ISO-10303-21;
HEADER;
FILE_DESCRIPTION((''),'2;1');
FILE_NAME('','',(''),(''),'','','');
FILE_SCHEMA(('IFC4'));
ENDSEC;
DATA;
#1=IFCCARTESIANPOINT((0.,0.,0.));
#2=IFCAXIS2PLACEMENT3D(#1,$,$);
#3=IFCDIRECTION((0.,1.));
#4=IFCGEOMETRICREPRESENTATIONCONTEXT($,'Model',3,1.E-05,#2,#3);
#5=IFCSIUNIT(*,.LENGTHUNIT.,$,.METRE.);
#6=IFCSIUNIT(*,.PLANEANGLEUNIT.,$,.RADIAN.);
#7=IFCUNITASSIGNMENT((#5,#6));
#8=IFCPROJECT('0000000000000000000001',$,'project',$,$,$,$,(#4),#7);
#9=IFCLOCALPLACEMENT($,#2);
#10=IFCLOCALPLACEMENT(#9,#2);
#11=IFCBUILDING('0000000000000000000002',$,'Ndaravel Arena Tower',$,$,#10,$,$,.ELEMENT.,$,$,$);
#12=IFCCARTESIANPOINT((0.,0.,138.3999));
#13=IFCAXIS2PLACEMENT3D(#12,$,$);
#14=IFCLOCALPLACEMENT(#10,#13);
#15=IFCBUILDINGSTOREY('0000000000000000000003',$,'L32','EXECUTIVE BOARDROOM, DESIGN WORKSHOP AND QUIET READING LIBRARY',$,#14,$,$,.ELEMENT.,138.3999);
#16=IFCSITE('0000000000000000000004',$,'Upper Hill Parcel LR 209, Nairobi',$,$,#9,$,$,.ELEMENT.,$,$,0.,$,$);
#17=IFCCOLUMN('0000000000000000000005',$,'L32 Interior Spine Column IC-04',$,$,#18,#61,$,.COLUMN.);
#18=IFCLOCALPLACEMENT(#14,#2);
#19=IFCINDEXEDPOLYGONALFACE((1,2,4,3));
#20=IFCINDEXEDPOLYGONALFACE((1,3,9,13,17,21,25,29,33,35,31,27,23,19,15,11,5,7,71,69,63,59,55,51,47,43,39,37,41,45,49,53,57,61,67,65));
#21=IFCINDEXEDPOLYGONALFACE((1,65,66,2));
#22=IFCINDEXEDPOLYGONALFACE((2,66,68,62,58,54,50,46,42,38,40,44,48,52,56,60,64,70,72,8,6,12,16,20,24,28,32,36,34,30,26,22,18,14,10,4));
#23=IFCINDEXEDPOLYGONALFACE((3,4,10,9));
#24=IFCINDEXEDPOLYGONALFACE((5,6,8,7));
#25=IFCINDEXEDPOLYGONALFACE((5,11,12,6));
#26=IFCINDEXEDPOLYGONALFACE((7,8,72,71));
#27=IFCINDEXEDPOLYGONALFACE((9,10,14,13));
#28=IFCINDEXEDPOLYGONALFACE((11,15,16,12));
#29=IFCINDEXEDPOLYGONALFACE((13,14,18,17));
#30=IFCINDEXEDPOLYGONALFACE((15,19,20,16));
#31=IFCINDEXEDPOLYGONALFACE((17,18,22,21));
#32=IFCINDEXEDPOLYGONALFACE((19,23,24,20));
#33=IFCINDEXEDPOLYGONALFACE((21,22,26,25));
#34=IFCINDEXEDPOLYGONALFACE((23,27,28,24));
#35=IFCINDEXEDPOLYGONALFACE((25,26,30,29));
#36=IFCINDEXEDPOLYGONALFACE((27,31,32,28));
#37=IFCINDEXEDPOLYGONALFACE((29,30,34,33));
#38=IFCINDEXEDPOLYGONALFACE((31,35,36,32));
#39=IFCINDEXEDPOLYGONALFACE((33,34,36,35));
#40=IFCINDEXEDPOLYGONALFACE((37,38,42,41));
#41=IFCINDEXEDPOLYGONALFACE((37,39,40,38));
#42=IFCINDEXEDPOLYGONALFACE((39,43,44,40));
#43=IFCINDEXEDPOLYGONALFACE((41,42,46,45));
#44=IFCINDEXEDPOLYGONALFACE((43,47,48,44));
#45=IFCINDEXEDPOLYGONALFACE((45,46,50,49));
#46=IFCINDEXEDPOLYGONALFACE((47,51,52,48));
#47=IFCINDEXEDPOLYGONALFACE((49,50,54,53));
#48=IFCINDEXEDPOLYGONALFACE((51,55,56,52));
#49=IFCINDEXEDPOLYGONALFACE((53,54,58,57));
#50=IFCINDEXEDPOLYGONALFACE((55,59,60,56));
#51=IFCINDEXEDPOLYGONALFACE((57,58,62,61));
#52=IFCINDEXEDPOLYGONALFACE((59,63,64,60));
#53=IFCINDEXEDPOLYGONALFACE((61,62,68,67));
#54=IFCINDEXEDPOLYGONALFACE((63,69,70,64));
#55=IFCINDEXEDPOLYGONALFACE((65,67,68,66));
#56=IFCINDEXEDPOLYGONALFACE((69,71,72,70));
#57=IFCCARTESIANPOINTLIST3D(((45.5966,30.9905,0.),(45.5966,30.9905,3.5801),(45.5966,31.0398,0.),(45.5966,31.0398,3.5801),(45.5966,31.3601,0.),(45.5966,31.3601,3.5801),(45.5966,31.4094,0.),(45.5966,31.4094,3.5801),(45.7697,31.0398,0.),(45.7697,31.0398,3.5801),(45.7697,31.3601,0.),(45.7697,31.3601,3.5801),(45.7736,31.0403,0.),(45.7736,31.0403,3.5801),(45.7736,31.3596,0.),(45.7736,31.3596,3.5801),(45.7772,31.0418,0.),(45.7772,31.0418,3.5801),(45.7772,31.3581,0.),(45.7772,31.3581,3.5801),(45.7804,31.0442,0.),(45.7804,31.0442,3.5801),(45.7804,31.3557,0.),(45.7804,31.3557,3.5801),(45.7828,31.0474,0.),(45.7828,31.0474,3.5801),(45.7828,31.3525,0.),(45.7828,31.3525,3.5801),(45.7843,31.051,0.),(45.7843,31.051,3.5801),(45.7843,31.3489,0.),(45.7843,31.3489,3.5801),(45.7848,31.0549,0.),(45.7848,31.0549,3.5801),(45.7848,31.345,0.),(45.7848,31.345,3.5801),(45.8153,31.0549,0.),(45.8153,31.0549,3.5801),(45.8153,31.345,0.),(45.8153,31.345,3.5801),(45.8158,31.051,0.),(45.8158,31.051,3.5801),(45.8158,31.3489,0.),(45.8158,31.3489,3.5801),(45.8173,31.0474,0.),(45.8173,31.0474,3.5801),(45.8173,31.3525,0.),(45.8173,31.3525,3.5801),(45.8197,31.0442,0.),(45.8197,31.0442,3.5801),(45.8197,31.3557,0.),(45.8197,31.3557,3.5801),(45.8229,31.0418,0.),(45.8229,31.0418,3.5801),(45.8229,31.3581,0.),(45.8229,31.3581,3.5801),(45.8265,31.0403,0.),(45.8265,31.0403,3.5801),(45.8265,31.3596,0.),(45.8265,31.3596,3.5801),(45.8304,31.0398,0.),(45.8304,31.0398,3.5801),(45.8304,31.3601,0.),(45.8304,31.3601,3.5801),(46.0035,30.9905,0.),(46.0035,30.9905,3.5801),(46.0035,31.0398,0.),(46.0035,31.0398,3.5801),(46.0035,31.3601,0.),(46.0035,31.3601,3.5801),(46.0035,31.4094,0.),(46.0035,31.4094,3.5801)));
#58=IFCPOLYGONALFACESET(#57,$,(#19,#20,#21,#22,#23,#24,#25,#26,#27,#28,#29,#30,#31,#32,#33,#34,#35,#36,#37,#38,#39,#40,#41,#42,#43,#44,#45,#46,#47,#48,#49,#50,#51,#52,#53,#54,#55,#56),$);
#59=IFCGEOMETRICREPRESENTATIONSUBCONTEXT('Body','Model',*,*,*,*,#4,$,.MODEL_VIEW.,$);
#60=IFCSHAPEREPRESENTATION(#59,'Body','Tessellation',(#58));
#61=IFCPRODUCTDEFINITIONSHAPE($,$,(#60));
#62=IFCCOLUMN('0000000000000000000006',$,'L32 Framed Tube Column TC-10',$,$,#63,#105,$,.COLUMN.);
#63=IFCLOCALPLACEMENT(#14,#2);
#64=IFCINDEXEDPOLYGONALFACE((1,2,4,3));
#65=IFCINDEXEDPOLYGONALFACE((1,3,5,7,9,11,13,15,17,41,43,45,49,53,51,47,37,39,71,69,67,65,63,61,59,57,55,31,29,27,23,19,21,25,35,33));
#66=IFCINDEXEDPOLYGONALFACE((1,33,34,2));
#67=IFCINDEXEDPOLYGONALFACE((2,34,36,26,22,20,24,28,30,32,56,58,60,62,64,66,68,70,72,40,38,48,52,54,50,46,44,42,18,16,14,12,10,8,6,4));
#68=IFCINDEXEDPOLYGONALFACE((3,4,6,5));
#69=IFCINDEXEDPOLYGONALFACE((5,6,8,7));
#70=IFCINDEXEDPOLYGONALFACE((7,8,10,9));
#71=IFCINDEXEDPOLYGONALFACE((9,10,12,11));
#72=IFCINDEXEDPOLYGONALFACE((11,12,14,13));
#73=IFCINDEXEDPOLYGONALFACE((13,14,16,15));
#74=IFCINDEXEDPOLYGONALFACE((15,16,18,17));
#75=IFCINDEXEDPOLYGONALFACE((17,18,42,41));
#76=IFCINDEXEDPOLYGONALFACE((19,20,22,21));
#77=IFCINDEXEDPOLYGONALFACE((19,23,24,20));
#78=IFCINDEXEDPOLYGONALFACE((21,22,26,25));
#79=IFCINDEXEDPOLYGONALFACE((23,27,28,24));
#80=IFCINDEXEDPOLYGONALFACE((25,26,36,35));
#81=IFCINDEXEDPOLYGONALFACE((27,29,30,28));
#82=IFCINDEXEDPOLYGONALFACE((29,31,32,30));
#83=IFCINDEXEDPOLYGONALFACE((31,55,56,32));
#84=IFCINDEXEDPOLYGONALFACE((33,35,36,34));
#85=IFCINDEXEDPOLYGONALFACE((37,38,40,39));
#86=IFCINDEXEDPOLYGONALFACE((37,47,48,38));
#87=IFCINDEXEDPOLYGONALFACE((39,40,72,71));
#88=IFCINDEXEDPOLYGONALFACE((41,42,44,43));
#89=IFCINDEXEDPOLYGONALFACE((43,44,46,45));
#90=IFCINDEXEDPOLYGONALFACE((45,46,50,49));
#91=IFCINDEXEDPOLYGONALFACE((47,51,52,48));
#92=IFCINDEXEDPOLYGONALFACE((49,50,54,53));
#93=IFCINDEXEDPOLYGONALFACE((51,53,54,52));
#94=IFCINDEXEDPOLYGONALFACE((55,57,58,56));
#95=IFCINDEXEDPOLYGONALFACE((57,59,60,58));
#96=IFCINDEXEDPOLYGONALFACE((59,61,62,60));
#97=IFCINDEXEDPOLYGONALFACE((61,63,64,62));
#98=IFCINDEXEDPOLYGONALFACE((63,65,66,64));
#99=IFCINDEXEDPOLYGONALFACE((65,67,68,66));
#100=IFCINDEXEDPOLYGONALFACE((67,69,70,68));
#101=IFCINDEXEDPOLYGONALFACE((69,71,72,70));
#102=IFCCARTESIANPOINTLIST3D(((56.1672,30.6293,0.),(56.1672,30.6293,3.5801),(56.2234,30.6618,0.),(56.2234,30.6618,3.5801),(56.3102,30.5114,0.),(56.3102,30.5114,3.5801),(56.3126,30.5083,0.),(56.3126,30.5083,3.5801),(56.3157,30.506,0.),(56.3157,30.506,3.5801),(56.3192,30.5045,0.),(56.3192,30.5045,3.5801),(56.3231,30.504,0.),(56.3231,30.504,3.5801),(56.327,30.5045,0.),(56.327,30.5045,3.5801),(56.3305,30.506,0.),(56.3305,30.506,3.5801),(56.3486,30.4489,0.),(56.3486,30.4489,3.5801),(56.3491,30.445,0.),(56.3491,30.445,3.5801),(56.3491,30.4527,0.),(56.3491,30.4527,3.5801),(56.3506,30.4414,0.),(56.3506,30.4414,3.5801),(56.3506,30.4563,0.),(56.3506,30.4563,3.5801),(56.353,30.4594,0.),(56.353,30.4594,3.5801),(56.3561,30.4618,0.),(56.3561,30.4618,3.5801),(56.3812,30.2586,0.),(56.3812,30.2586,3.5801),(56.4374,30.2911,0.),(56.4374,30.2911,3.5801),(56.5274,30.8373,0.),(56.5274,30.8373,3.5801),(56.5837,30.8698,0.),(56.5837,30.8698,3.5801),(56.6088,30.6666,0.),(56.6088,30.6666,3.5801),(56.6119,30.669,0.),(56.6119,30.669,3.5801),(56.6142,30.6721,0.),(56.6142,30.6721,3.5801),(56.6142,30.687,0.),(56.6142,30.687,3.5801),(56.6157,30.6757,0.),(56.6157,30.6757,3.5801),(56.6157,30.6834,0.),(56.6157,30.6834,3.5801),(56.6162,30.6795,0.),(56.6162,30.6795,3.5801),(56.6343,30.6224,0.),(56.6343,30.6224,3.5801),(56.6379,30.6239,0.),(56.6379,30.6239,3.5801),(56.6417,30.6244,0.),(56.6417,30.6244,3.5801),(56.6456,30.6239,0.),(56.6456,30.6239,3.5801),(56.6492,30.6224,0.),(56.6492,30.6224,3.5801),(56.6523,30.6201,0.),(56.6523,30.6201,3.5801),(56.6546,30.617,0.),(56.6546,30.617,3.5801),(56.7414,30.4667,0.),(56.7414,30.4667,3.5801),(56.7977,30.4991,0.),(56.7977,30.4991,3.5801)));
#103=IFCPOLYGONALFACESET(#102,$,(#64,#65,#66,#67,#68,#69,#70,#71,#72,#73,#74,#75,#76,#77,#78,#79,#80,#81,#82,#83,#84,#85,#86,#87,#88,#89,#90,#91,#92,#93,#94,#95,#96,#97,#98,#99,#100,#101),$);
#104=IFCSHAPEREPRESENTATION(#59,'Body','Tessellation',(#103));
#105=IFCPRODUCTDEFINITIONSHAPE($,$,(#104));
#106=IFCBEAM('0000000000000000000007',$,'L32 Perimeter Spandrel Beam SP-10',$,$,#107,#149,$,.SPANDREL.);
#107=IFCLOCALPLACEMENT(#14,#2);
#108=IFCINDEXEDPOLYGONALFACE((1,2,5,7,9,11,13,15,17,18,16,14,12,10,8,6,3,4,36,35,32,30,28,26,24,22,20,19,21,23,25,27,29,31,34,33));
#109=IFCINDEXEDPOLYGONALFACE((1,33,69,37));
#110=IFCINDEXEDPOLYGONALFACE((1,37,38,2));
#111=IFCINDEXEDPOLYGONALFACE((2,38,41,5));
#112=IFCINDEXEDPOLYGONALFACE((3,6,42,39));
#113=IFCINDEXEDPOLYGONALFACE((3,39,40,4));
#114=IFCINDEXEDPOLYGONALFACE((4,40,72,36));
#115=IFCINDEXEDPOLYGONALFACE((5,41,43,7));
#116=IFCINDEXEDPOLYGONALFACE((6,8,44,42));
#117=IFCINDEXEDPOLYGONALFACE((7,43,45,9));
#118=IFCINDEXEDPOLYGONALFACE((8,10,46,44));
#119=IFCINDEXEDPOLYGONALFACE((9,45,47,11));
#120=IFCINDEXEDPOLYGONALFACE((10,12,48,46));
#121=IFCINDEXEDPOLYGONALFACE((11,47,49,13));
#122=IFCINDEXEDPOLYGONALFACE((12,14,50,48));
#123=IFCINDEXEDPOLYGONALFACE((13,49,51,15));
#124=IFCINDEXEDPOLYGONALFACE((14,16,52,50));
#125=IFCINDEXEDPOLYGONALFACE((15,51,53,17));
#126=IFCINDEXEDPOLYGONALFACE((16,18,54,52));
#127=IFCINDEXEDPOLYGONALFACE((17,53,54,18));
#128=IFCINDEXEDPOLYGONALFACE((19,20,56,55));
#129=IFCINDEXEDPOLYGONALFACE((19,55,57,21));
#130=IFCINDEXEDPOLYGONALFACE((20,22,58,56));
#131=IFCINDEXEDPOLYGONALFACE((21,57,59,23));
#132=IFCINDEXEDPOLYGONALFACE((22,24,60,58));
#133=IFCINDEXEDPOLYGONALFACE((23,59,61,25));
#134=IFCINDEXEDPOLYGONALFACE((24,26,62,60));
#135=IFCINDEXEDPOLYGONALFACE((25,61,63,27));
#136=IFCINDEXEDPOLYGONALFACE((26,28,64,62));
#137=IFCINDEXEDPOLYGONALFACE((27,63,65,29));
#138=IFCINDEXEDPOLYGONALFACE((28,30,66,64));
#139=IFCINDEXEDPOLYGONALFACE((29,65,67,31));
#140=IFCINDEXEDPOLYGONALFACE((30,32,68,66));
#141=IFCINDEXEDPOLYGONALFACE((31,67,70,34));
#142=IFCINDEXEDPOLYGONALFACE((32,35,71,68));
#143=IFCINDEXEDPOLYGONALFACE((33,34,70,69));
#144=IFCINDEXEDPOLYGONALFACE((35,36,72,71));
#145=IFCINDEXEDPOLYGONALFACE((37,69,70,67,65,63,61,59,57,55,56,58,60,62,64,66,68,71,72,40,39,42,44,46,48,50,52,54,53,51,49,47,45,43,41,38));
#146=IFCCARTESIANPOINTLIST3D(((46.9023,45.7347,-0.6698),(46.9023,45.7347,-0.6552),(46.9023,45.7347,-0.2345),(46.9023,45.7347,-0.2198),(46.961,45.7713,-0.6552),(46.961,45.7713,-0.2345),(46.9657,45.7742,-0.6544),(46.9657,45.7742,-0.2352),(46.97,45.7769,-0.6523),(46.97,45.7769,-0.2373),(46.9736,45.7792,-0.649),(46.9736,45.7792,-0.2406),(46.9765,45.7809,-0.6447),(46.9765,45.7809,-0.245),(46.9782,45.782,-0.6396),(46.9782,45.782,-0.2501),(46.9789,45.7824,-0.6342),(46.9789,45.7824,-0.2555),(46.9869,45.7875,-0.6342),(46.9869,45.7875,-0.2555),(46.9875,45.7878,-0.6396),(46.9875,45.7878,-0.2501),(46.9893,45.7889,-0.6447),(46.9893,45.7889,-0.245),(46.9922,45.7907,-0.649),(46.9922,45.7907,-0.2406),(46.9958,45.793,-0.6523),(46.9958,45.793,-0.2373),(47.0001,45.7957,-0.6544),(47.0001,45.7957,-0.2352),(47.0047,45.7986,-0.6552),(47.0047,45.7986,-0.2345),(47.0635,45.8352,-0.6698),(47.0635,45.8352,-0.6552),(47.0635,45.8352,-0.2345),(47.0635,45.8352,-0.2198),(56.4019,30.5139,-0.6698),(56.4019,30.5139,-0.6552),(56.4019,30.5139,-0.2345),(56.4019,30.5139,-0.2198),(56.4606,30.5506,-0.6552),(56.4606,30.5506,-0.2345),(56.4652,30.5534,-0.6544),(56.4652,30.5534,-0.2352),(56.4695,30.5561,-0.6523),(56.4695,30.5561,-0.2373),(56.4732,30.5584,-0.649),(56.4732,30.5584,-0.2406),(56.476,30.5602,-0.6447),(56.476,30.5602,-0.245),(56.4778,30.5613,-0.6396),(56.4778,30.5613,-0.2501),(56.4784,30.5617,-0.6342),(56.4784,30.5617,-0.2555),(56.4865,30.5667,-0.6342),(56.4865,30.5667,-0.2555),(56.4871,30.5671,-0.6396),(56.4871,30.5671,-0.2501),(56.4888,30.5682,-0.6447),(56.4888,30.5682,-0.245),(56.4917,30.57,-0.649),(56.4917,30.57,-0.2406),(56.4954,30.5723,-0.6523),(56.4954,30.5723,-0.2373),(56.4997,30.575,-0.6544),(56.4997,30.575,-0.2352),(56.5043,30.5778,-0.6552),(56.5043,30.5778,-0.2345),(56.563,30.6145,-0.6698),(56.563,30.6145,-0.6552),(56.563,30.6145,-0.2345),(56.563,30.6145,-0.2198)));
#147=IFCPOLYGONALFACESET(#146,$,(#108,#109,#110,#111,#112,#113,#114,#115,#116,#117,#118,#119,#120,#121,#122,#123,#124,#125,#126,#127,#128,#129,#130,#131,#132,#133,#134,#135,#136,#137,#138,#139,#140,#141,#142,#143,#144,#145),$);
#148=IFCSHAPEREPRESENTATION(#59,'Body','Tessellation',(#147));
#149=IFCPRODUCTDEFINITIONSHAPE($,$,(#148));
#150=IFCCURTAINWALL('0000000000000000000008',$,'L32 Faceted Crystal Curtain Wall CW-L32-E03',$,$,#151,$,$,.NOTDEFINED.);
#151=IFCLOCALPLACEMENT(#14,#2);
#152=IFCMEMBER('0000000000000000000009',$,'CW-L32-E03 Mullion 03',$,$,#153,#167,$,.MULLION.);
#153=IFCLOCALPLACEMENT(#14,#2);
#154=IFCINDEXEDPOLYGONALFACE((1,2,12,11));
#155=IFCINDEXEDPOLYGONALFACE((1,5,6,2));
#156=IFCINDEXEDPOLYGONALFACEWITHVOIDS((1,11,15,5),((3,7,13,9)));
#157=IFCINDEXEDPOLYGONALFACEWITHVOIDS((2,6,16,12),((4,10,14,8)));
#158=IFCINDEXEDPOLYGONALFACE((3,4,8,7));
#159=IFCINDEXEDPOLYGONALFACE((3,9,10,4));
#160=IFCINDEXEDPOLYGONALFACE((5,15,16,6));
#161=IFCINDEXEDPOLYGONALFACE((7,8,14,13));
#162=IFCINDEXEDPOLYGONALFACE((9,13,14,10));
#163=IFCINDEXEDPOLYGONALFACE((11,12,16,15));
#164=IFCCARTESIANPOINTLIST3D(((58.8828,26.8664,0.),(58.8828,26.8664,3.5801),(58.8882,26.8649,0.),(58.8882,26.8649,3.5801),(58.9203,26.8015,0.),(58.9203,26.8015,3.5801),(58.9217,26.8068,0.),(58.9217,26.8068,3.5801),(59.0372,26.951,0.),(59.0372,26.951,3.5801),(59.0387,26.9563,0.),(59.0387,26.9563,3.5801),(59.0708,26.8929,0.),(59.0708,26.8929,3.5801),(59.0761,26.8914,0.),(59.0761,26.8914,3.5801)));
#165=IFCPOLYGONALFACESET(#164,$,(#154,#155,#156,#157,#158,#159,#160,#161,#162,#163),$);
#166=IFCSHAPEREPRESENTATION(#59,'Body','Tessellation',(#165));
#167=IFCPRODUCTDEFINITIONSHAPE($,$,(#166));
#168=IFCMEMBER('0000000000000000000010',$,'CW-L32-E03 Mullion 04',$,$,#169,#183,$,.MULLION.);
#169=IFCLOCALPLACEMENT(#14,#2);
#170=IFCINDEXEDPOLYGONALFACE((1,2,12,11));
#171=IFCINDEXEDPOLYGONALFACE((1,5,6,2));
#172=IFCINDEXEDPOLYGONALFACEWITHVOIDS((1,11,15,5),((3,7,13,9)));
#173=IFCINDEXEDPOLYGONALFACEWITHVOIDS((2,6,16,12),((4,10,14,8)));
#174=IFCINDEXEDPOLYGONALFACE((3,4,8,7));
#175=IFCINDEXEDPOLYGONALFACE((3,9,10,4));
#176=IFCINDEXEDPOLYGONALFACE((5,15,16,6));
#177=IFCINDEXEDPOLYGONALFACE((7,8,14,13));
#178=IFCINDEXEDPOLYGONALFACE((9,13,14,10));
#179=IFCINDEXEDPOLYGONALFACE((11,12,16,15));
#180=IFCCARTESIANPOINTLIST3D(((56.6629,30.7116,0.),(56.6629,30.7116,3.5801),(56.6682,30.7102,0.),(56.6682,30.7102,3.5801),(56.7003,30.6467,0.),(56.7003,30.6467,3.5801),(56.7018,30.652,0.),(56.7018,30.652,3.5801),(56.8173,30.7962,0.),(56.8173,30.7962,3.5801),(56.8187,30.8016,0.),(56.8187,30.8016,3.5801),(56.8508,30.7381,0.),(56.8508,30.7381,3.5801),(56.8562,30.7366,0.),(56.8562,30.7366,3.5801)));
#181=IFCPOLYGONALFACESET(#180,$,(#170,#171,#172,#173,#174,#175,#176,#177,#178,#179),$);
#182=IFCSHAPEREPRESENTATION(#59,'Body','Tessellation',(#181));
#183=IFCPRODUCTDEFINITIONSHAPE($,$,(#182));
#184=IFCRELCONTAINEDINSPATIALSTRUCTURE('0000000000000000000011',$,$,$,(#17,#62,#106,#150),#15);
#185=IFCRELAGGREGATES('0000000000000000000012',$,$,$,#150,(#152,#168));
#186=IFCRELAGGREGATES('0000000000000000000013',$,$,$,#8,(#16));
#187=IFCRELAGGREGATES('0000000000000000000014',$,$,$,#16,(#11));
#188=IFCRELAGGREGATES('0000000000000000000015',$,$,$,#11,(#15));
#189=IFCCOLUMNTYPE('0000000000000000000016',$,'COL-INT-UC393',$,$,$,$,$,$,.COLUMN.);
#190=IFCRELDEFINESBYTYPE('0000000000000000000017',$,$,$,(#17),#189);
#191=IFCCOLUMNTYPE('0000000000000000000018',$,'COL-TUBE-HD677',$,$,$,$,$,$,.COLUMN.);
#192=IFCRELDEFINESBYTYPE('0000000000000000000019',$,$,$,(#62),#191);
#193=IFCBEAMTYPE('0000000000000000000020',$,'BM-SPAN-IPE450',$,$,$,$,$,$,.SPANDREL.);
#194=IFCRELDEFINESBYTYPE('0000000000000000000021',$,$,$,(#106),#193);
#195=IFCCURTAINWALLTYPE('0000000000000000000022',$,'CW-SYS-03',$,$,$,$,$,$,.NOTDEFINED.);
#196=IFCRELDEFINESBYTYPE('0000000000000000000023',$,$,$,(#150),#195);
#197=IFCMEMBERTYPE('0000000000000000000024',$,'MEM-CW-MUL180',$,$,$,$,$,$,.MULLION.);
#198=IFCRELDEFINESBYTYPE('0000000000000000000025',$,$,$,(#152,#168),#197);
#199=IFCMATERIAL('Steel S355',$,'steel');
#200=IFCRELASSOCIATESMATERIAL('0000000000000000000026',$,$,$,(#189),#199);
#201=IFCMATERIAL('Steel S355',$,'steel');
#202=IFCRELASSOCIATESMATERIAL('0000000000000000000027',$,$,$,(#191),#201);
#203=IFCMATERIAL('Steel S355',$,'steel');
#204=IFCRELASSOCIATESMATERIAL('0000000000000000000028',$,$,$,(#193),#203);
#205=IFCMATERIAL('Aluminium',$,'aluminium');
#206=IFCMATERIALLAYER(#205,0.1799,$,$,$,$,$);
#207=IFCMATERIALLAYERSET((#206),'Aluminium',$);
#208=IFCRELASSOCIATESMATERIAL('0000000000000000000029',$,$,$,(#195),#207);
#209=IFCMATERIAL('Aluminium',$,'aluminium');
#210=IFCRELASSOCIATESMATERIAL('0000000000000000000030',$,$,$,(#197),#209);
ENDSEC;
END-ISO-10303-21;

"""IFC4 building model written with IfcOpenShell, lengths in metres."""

from ifc_helpers import new_model, si_unit, direction, frame, origin, origin_2d, place, context, subcontext, project, spatial, hollow_rectangle, i_section, extrude, material, layer, layer_set, material_profile, profile_set, type_object, element, aggregate, save


model = new_model("IFC4")

# Units and contexts
model_context = context("Model", 3, precision=1e-05, world=origin(), true_north=direction((0.0, 1.0)))
body_context = subcontext(model_context, "Body", "Model", "MODEL_VIEW")
ifc_project = project(units=[si_unit("LENGTHUNIT", "METRE"), si_unit("PLANEANGLEUNIT", "RADIAN")], contexts=[model_context])

# Site, building, storey
site_placement = place(None, origin())
site = spatial("IfcSite", under=ifc_project, at=site_placement, Name="Upper Hill Parcel LR 209, Nairobi", CompositionType="ELEMENT", RefElevation=0.0)
building_placement = place(site_placement, origin())
building = spatial("IfcBuilding", under=site, at=building_placement, Name="Ndaravel Arena Tower", CompositionType="ELEMENT")
storey_placement = place(building_placement, frame((0.0, 0.0, 138.3999)))
storey = spatial("IfcBuildingStorey", under=building, at=storey_placement, Name="L32", Description="EXECUTIVE BOARDROOM, DESIGN WORKSHOP AND QUIET READING LIBRARY", CompositionType="ELEMENT", Elevation=138.3999)

# Columns
ifc_material_1 = material(Name="Steel S355", Category="steel")
ifc_material_profile_1 = material_profile(ifc_material_1, i_section(OverallWidth=0.407, OverallDepth=0.4189, WebThickness=0.0305, FlangeThickness=0.0493, FilletRadius=0.0151, at=origin_2d()), Name="UC 356x406x393")
ifc_profile_set_1 = profile_set([ifc_material_profile_1], Name="Steel S355")
column_type_1 = type_object("IfcColumnType", Name="COL-INT-UC393", PredefinedType="COLUMN", material=ifc_profile_set_1)
column_1_placement = place(storey_placement, frame((45.8, 31.2, 0.0), z_axis=(0.0, 0.0, 1.0), x_axis=(1.0, 0.0, 0.0)))
element("IfcColumn", 1, at=column_1_placement, inside=storey, type_object=column_type_1, Name="L32 Interior Spine Column IC-04", PredefinedType="COLUMN", context=body_context, shape_type="SweptSolid", body=[
    extrude(i_section(OverallWidth=0.407, OverallDepth=0.4189, WebThickness=0.0305, FlangeThickness=0.0493, FilletRadius=0.0151, at=origin_2d()), origin(), (0.0, 0.0, 1.0), 3.5801),
])
ifc_material_2 = material(Name="Steel S355", Category="steel")
ifc_material_profile_2 = material_profile(ifc_material_2, i_section(OverallWidth=0.428, OverallDepth=0.481, WebThickness=0.051, FlangeThickness=0.0649, FilletRadius=0.0149, at=origin_2d()), Name="HD 400x677")
ifc_profile_set_2 = profile_set([ifc_material_profile_2], Name="Steel S355")
column_type_2 = type_object("IfcColumnType", Name="COL-TUBE-HD677", PredefinedType="COLUMN", material=ifc_profile_set_2)
column_2_placement = place(storey_placement, frame((56.4824, 30.5642, 0.0), z_axis=(0.0, 0.0, 1.0), x_axis=(-0.5, 0.866025, 0.0)))
element("IfcColumn", 2, at=column_2_placement, inside=storey, type_object=column_type_2, Name="L32 Framed Tube Column TC-10", PredefinedType="COLUMN", context=body_context, shape_type="SweptSolid", body=[
    extrude(i_section(OverallWidth=0.428, OverallDepth=0.481, WebThickness=0.051, FlangeThickness=0.0649, FilletRadius=0.0149, at=origin_2d()), origin(), (0.0, 0.0, 1.0), 3.5801),
])

# Beam
ifc_material_3 = material(Name="Steel S355", Category="steel")
ifc_material_profile_3 = material_profile(ifc_material_3, i_section(OverallWidth=0.1899, OverallDepth=0.45, WebThickness=0.0095, FlangeThickness=0.0146, FilletRadius=0.021, at=origin_2d()), Name="IPE 450")
ifc_profile_set_3 = profile_set([ifc_material_profile_3], Name="Steel S355")
beam_type = type_object("IfcBeamType", Name="BM-SPAN-IPE450", PredefinedType="SPANDREL", material=ifc_profile_set_3)
beam_placement = place(storey_placement, frame((56.4824, 30.5642, -0.4448), z_axis=(-0.529461, 0.848334, 0.0), x_axis=(-0.848334, -0.529461, 0.0)))
element("IfcBeam", 3, at=beam_placement, inside=storey, type_object=beam_type, Name="L32 Perimeter Spandrel Beam SP-10", PredefinedType="SPANDREL", context=body_context, shape_type="SweptSolid", body=[
    extrude(i_section(OverallWidth=0.1899, OverallDepth=0.45, WebThickness=0.0095, FlangeThickness=0.0146, FilletRadius=0.021, at=origin_2d()), origin(), (0.0, 0.0, 1.0), 17.9419),
])

# Curtain wall, members
ifc_material_4 = material(Name="Aluminium", Category="aluminium")
ifc_layer_1 = layer(ifc_material_4, 0.1799)
ifc_layer_set_1 = layer_set([ifc_layer_1], Name="Aluminium")
curtain_wall_type = type_object("IfcCurtainWallType", Name="CW-SYS-03", PredefinedType="NOTDEFINED", material=ifc_layer_set_1)
curtain_wall_placement = place(storey_placement, origin())
curtain_wall = element("IfcCurtainWall", 4, at=curtain_wall_placement, inside=storey, type_object=curtain_wall_type, Name="L32 Faceted Crystal Curtain Wall CW-L32-E03", PredefinedType="NOTDEFINED")
ifc_material_5 = material(Name="Aluminium", Category="aluminium")
ifc_material_profile_4 = material_profile(ifc_material_5, hollow_rectangle(XDim=0.075, YDim=0.1799, WallThickness=0.0039, at=origin_2d()), Name="CW MULLION 75x180x4")
ifc_profile_set_4 = profile_set([ifc_material_profile_4], Name="Aluminium")
member_type = type_object("IfcMemberType", Name="MEM-CW-MUL180", PredefinedType="MULLION", material=ifc_profile_set_4)
member_1_placement = place(storey_placement, frame((58.9795, 26.8789, 0.0), z_axis=(0.0, 0.0, 1.0), x_axis=(-0.5, 0.866025, 0.0)))
member_1 = element("IfcMember", 5, at=member_1_placement, type_object=member_type, Name="CW-L32-E03 Mullion 03", PredefinedType="MULLION", context=body_context, shape_type="SweptSolid", body=[
    extrude(hollow_rectangle(XDim=0.075, YDim=0.1799, WallThickness=0.0039, at=origin_2d()), origin(), (0.0, 0.0, 1.0), 3.5801),
])
member_2_placement = place(storey_placement, frame((56.7595, 30.7241, 0.0), z_axis=(0.0, 0.0, 1.0), x_axis=(-0.5, 0.866025, 0.0)))
member_2 = element("IfcMember", 6, at=member_2_placement, type_object=member_type, Name="CW-L32-E03 Mullion 04", PredefinedType="MULLION", context=body_context, shape_type="SweptSolid", body=[
    extrude(hollow_rectangle(XDim=0.075, YDim=0.1799, WallThickness=0.0039, at=origin_2d()), origin(), (0.0, 0.0, 1.0), 3.5801),
])
aggregate(curtain_wall, [member_1, member_2])

save(model, "model.ifc")
